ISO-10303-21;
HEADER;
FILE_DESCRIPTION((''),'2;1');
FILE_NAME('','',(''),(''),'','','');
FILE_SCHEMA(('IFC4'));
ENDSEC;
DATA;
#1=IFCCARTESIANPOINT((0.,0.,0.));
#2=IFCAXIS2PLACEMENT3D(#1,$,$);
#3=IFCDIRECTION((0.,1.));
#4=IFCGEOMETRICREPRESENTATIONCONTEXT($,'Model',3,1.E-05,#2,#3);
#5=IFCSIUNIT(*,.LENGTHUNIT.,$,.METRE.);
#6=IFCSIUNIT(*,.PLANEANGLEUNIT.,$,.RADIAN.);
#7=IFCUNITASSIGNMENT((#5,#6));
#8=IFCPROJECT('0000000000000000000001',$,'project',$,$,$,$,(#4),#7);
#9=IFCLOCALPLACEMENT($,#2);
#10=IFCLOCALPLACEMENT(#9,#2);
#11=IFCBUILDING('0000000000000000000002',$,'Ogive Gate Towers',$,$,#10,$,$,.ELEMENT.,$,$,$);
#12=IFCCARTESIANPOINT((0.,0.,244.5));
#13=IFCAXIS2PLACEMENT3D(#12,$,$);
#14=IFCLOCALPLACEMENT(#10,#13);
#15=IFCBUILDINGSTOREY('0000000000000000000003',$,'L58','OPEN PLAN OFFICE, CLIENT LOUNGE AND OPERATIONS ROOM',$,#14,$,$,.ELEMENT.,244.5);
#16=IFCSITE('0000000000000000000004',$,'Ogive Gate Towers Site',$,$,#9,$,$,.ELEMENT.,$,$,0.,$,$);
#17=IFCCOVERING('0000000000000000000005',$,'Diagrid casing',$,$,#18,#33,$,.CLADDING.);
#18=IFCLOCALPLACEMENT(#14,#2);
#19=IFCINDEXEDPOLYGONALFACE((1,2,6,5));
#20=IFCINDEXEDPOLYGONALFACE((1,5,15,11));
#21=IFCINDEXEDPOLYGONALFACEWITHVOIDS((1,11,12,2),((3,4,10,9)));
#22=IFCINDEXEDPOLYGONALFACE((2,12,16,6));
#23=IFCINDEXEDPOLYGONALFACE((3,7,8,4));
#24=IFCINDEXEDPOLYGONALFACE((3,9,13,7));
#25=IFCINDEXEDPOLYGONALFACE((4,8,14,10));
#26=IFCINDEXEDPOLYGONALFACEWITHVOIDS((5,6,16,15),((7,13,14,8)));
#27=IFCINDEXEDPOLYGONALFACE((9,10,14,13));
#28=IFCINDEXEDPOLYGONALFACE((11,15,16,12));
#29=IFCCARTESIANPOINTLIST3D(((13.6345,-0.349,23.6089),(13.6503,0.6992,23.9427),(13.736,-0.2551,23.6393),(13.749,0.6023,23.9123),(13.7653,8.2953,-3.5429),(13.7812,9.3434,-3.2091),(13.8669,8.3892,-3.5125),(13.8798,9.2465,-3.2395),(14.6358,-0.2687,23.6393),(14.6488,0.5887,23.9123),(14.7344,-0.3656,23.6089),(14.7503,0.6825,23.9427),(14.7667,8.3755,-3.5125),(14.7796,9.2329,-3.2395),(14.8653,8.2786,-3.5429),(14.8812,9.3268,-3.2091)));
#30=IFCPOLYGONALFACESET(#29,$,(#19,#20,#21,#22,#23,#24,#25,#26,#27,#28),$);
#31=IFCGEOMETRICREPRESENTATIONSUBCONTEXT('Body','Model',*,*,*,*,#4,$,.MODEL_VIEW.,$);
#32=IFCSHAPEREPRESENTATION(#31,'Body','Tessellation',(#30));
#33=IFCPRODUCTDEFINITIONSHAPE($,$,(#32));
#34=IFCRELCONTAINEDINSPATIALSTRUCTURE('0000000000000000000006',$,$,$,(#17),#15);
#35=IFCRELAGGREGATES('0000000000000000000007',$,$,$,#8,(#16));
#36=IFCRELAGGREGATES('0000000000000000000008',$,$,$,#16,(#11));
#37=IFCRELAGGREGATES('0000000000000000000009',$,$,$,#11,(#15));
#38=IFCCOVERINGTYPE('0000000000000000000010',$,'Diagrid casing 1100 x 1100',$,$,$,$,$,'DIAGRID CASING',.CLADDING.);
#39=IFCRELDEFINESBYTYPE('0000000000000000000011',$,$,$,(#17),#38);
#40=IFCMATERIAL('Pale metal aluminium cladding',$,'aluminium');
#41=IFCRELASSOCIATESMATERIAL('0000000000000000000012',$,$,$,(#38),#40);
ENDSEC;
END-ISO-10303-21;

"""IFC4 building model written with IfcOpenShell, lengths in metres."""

from ifc_helpers import new_model, si_unit, direction, frame, origin, origin_2d, place, context, subcontext, project, spatial, hollow_rectangle, extrude, material, material_profile, profile_set, type_object, element, save


model = new_model("IFC4")

# Units and contexts
model_context = context("Model", 3, precision=1e-05, world=origin(), true_north=direction((0.0, 1.0)))
body_context = subcontext(model_context, "Body", "Model", "MODEL_VIEW")
ifc_project = project(units=[si_unit("LENGTHUNIT", "METRE"), si_unit("PLANEANGLEUNIT", "RADIAN")], contexts=[model_context])

# Site, building, storey
site_placement = place(None, origin())
site = spatial("IfcSite", under=ifc_project, at=site_placement, Name="Ogive Gate Towers Site", CompositionType="ELEMENT", RefElevation=0.0)
building_placement = place(site_placement, origin())
building = spatial("IfcBuilding", under=site, at=building_placement, Name="Ogive Gate Towers", CompositionType="ELEMENT")
storey_placement = place(building_placement, frame((0.0, 0.0, 244.5)))
storey = spatial("IfcBuildingStorey", under=building, at=storey_placement, Name="L58", Description="OPEN PLAN OFFICE, CLIENT LOUNGE AND OPERATIONS ROOM", CompositionType="ELEMENT", Elevation=244.5)

# Covering
ifc_material_1 = material(Name="Pale metal aluminium cladding", Category="aluminium")
ifc_material_profile_1 = material_profile(ifc_material_1, hollow_rectangle(XDim=1.1001, YDim=1.1001, WallThickness=0.1001, at=origin_2d()), Name="1100 x 1100 pale metal casing")
ifc_profile_set_1 = profile_set([ifc_material_profile_1], Name="Pale metal aluminium cladding")
covering_type_1 = type_object("IfcCoveringType", Name="Diagrid casing 1100 x 1100", ElementType="DIAGRID CASING", PredefinedType="CLADDING", material=ifc_profile_set_1)
for number, where, z_axis, x_axis, name in (
    (1, (14.3232, 8.811, -3.376), (-0.004592, -0.303362, 0.952864), (0.999885, -0.015137, 0.0), "Diagrid casing"),
):
    element("IfcCovering", number, at=place(storey_placement, frame(where, z_axis=z_axis, x_axis=x_axis)), inside=storey, type_object=covering_type_1, Name=name, PredefinedType="CLADDING", context=body_context, shape_type="SweptSolid", body=[
        extrude(hollow_rectangle(XDim=1.1001, YDim=1.1001, WallThickness=0.1001, at=origin_2d()), origin(), (0.0, 0.0, 1.0), 28.4949),
    ])

save(model, "model.ifc")
